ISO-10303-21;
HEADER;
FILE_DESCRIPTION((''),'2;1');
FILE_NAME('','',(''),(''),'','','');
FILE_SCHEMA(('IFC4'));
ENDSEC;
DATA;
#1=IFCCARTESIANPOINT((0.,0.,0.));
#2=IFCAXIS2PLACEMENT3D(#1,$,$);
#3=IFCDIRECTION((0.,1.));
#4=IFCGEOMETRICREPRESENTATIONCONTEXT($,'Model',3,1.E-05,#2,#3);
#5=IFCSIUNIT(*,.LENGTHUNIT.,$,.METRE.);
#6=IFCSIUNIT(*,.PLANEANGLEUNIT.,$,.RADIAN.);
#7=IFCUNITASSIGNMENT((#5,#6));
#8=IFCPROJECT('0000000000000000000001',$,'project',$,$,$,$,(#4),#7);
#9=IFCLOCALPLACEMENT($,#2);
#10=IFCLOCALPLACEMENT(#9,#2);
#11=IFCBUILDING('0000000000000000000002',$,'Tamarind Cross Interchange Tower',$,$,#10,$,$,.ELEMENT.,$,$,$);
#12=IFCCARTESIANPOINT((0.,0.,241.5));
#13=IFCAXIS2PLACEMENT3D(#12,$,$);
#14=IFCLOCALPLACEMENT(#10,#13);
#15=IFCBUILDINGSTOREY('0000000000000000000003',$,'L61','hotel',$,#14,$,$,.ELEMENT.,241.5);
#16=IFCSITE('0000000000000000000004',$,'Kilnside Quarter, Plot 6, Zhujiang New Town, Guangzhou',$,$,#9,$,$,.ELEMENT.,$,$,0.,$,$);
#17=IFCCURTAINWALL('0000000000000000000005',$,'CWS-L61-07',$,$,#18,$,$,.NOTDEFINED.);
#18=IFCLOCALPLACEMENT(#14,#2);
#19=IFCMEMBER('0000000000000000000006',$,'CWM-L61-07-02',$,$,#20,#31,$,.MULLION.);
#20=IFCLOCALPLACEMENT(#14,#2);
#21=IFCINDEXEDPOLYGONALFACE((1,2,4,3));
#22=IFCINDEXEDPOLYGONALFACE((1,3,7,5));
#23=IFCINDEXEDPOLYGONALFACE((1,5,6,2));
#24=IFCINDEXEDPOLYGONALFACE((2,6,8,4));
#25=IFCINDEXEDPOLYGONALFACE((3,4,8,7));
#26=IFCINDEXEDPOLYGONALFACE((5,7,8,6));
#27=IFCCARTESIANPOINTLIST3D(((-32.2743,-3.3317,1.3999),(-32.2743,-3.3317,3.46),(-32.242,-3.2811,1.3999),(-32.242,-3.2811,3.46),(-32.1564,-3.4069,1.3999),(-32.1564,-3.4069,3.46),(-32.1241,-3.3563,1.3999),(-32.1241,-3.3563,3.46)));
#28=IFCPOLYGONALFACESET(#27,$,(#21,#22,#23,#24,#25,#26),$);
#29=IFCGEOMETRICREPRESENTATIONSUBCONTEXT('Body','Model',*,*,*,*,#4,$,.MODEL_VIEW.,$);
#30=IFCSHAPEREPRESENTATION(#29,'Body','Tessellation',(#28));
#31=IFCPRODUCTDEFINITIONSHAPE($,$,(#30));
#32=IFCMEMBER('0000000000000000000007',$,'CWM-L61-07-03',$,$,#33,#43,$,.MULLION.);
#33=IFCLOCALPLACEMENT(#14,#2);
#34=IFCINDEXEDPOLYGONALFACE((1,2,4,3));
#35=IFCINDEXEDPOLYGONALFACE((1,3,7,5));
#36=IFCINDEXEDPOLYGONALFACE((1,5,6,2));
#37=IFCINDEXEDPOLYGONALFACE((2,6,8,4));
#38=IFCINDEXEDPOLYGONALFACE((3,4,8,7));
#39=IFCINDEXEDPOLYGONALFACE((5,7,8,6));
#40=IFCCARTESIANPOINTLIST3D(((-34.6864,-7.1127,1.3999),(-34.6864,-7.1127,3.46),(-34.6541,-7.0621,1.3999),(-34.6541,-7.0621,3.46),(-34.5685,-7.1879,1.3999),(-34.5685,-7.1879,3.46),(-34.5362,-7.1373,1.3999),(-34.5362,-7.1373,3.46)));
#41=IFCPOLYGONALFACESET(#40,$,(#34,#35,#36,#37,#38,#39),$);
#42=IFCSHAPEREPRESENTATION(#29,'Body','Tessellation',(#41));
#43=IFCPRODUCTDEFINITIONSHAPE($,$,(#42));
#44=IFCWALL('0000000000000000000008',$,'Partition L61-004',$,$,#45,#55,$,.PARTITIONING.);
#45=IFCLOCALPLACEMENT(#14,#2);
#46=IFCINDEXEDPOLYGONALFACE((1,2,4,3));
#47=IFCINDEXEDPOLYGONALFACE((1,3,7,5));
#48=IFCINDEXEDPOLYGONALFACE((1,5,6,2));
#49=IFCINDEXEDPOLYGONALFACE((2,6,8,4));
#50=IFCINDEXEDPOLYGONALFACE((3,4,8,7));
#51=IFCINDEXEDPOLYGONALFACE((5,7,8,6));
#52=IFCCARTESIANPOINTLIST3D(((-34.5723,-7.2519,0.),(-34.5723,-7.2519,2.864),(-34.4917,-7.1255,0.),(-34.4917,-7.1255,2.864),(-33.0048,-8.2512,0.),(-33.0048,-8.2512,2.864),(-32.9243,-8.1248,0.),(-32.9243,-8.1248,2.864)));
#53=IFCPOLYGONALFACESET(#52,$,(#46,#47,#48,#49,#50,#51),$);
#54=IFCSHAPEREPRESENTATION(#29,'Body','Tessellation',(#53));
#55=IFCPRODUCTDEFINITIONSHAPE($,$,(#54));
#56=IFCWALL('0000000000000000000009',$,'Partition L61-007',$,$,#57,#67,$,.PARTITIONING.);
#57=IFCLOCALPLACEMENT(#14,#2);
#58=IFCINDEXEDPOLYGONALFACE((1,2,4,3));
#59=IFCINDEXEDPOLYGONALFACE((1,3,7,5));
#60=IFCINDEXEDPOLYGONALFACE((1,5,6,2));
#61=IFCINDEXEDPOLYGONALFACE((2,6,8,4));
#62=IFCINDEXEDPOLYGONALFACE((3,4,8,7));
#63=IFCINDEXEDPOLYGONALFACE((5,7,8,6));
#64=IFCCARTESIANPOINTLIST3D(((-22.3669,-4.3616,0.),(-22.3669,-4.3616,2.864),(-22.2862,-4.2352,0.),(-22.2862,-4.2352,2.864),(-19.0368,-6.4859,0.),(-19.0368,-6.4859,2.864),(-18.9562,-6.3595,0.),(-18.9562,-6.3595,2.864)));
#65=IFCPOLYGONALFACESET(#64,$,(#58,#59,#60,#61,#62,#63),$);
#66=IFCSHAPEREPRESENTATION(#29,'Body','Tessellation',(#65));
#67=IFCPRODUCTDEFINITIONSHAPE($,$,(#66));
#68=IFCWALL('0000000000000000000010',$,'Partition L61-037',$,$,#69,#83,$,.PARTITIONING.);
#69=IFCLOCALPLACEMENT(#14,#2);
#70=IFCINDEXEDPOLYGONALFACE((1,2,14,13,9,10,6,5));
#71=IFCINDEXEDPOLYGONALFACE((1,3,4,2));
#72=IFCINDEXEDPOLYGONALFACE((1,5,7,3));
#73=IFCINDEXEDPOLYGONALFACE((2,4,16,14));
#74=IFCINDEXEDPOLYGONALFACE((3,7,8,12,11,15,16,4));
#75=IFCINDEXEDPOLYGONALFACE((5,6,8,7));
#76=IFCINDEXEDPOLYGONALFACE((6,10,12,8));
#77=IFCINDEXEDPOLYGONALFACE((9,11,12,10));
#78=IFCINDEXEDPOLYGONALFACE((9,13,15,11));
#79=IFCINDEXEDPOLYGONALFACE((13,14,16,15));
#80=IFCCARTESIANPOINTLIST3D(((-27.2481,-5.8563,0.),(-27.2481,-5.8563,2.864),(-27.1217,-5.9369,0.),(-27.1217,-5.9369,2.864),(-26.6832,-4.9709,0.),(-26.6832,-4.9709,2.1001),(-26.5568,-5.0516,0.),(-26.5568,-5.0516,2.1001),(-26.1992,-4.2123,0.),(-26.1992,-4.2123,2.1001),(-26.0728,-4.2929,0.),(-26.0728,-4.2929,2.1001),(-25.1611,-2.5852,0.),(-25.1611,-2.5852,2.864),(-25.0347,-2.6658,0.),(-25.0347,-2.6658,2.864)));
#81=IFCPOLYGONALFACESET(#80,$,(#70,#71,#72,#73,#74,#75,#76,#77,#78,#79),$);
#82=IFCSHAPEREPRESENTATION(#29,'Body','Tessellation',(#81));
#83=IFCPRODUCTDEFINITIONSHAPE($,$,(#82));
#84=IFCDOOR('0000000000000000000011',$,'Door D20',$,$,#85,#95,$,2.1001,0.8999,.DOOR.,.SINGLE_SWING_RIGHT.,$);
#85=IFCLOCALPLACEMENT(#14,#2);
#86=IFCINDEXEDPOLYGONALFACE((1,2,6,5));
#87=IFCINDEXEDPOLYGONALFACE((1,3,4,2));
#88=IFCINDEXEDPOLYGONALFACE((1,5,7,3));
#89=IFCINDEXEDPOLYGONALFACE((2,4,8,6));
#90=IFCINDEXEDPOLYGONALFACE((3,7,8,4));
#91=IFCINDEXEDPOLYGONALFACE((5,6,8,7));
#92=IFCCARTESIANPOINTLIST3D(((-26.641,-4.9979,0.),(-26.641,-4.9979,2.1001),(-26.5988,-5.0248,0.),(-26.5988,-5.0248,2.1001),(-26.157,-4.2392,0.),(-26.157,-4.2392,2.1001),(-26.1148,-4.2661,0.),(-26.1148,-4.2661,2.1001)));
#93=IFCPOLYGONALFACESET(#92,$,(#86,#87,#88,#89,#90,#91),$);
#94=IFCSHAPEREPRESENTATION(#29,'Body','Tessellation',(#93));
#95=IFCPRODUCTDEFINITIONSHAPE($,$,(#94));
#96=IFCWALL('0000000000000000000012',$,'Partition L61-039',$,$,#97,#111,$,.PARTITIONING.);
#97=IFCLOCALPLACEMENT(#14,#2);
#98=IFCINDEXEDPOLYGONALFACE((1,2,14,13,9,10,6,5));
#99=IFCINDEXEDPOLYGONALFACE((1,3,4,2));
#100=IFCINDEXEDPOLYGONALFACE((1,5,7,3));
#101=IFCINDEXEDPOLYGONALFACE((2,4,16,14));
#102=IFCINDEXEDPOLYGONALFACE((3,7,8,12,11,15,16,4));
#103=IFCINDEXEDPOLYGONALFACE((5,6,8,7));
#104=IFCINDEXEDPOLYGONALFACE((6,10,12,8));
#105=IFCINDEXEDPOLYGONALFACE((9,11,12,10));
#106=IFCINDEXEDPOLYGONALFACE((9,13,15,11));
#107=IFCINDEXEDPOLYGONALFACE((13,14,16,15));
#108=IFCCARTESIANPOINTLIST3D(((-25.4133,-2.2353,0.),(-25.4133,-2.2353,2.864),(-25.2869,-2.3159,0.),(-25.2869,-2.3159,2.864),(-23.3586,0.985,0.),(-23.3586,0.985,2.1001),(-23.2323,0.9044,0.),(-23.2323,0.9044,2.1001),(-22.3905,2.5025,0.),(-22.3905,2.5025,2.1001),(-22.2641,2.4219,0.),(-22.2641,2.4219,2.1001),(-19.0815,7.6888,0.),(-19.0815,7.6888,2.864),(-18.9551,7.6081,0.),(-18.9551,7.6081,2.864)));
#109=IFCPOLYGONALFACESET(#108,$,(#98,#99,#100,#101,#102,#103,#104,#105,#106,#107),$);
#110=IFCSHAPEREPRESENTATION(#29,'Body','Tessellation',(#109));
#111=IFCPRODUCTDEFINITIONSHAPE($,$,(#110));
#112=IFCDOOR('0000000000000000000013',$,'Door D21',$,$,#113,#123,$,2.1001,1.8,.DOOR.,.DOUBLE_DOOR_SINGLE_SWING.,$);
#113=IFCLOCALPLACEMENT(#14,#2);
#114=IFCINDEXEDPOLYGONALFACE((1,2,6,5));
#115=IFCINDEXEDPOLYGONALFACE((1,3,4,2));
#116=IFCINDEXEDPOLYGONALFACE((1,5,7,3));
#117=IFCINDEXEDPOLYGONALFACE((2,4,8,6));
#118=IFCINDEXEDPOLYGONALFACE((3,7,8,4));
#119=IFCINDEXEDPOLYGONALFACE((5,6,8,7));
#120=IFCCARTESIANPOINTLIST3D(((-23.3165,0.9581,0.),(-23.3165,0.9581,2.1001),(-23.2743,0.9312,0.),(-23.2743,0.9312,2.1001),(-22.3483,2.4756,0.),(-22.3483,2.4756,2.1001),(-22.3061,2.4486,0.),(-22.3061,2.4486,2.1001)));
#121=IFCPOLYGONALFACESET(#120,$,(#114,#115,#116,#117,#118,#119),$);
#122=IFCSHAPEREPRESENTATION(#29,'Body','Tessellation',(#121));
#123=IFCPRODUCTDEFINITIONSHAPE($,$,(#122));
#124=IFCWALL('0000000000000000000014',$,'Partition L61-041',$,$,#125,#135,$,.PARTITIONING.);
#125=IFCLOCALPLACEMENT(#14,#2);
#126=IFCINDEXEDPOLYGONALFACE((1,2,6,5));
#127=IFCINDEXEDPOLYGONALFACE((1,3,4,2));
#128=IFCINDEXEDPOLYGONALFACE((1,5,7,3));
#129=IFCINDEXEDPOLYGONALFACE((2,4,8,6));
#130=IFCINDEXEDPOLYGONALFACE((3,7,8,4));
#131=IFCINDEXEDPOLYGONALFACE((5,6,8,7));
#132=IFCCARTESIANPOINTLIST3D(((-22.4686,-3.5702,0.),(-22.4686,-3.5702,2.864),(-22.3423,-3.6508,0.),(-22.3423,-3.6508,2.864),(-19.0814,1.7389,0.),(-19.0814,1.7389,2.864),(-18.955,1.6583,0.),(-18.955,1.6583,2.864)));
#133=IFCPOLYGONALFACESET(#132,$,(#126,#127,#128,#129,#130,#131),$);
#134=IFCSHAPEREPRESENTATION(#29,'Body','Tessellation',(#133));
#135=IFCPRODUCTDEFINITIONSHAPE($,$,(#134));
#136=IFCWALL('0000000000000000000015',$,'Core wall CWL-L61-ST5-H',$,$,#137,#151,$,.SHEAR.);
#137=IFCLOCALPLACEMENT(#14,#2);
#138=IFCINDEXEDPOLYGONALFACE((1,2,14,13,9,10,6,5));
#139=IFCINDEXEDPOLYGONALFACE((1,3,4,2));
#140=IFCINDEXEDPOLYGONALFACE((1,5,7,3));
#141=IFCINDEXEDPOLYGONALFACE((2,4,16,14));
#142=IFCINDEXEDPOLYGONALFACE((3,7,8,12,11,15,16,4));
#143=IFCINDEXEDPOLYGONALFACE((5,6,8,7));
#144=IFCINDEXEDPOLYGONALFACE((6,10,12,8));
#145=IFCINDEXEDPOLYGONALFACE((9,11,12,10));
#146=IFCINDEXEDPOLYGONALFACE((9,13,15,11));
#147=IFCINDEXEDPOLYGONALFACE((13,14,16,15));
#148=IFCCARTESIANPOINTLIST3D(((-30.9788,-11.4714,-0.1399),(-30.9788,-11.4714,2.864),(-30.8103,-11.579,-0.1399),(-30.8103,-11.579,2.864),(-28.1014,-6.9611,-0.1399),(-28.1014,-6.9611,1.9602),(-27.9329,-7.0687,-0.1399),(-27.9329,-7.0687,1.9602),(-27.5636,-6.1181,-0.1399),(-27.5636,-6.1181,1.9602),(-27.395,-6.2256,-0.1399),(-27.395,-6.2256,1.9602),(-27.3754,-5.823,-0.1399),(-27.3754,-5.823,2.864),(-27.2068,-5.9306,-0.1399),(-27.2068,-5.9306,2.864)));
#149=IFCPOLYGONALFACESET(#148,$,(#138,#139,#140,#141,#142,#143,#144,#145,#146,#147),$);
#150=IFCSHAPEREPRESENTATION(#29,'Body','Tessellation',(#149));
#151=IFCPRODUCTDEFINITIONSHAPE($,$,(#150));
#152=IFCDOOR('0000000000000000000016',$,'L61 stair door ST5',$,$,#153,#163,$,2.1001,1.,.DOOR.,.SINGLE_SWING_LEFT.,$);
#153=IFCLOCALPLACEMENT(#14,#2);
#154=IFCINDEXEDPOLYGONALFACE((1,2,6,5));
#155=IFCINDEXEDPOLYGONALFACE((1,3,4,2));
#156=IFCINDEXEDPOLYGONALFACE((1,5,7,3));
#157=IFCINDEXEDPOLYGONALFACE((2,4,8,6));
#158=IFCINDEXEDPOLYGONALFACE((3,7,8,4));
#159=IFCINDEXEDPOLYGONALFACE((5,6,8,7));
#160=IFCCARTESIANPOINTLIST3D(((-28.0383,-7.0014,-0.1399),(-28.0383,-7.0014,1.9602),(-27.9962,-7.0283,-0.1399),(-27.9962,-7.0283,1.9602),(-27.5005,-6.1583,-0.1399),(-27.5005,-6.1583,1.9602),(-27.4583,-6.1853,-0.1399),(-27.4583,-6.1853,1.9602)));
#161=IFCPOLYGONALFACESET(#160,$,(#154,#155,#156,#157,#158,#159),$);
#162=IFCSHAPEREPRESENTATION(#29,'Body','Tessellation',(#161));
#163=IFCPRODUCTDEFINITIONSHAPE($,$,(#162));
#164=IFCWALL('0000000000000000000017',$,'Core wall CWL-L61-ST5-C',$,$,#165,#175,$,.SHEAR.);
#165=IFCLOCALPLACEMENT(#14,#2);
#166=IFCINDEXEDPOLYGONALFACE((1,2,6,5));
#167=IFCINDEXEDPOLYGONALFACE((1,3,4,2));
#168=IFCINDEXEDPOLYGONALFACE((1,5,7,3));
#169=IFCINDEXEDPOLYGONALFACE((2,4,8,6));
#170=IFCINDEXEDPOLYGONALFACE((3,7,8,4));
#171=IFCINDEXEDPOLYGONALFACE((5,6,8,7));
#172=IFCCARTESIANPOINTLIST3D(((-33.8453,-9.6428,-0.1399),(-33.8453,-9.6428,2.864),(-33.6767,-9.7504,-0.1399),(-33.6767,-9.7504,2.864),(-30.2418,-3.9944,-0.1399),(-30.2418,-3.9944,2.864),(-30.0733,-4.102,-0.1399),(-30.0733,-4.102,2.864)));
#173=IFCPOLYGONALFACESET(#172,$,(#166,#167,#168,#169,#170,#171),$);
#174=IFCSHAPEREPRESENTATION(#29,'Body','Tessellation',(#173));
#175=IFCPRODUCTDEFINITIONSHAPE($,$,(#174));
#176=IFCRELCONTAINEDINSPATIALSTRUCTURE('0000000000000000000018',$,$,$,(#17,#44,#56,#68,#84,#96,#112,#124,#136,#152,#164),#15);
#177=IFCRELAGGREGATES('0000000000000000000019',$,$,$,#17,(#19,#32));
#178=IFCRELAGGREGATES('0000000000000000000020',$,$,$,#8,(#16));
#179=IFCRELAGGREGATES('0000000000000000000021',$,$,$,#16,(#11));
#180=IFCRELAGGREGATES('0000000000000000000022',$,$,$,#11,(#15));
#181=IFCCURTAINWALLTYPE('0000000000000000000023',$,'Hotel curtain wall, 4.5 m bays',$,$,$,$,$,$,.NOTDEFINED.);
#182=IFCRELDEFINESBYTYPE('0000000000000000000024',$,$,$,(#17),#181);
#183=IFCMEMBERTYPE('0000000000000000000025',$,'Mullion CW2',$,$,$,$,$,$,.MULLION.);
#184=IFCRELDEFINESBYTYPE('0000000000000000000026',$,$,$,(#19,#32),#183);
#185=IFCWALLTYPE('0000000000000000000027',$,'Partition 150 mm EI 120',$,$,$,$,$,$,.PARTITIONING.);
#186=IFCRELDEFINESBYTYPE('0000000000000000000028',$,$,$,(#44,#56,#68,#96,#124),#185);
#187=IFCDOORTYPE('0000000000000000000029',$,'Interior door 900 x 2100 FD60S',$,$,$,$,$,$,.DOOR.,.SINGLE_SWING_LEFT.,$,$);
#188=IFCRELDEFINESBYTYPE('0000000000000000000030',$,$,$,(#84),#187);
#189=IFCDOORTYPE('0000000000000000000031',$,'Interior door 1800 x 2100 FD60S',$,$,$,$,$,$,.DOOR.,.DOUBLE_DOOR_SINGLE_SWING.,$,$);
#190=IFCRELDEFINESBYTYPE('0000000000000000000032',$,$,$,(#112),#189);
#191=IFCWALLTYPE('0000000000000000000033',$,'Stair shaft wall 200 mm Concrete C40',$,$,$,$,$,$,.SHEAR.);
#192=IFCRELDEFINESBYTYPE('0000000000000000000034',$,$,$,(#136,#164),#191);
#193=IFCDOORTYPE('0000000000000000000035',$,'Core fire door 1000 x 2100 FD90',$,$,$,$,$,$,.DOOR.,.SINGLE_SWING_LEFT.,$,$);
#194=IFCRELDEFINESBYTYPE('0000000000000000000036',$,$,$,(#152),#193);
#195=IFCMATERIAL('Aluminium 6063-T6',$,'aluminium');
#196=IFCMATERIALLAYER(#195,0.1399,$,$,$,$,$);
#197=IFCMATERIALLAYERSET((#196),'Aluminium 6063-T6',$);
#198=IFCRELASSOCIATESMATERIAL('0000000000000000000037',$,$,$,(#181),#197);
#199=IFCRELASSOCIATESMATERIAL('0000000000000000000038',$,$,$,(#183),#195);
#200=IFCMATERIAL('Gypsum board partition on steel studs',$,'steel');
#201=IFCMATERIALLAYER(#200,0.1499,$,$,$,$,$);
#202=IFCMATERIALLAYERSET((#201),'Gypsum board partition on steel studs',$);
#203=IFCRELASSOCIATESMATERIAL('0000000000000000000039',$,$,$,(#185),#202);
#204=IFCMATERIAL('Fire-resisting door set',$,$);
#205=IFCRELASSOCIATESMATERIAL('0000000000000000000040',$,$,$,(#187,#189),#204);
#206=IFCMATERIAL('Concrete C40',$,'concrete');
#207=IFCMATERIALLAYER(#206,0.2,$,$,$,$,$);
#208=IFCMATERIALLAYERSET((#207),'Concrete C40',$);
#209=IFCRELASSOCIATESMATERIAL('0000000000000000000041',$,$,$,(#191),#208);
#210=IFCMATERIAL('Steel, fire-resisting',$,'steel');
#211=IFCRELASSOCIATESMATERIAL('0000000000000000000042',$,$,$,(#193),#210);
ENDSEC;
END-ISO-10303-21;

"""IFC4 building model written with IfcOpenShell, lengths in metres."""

from ifc_helpers import new_model, si_unit, direction, frame, frame_2d, origin, origin_2d, place, context, subcontext, project, spatial, rectangle, extrude, material, layer, layer_set, material_profile, profile_set, type_object, element, fill, aggregate, save


model = new_model("IFC4")

# Units and contexts
model_context = context("Model", 3, precision=1e-05, world=origin(), true_north=direction((0.0, 1.0)))
body_context = subcontext(model_context, "Body", "Model", "MODEL_VIEW")
ifc_project = project(units=[si_unit("LENGTHUNIT", "METRE"), si_unit("PLANEANGLEUNIT", "RADIAN")], contexts=[model_context])

# Site, building, storey
site_placement = place(None, origin())
site = spatial("IfcSite", under=ifc_project, at=site_placement, Name="Kilnside Quarter, Plot 6, Zhujiang New Town, Guangzhou", CompositionType="ELEMENT", RefElevation=0.0)
building_placement = place(site_placement, origin())
building = spatial("IfcBuilding", under=site, at=building_placement, Name="Tamarind Cross Interchange Tower", CompositionType="ELEMENT")
storey_placement = place(building_placement, frame((0.0, 0.0, 241.5)))
storey = spatial("IfcBuildingStorey", under=building, at=storey_placement, Name="L61", Description="hotel", CompositionType="ELEMENT", Elevation=241.5)

# Curtain wall, members
ifc_material_1 = material(Name="Aluminium 6063-T6", Category="aluminium")
ifc_layer_1 = layer(ifc_material_1, 0.1399)
ifc_layer_set_1 = layer_set([ifc_layer_1], Name="Aluminium 6063-T6")
curtain_wall_type = type_object("IfcCurtainWallType", Name="Hotel curtain wall, 4.5 m bays", PredefinedType="NOTDEFINED", material=ifc_layer_set_1)
curtain_wall_placement = place(storey_placement, origin())
curtain_wall = element("IfcCurtainWall", 1, at=curtain_wall_placement, inside=storey, type_object=curtain_wall_type, Name="CWS-L61-07", PredefinedType="NOTDEFINED")
ifc_material_profile_1 = material_profile(ifc_material_1, rectangle(XDim=0.0601, YDim=0.1399, at=origin_2d()), Name="Mullion CW2")
ifc_profile_set_1 = profile_set([ifc_material_profile_1], Name="Aluminium 6063-T6")
member_type = type_object("IfcMemberType", Name="Mullion CW2", PredefinedType="MULLION", material=ifc_profile_set_1)
member_1_placement = place(storey_placement, frame((-32.1992, -3.344, 1.3999), z_axis=(0.0, 0.0, 1.0), x_axis=(-0.537829, -0.843054, 0.0)))
member_1 = element("IfcMember", 2, at=member_1_placement, type_object=member_type, Name="CWM-L61-07-02", PredefinedType="MULLION", context=body_context, shape_type="SweptSolid", body=[
    extrude(rectangle(XDim=0.0601, YDim=0.1399, at=origin_2d()), origin(), (0.0, 0.0, 1.0), 2.0601),
])
member_2_placement = place(storey_placement, frame((-34.6113, -7.125, 1.3999), z_axis=(0.0, 0.0, 1.0), x_axis=(-0.537829, -0.843054, 0.0)))
member_2 = element("IfcMember", 3, at=member_2_placement, type_object=member_type, Name="CWM-L61-07-03", PredefinedType="MULLION", context=body_context, shape_type="SweptSolid", body=[
    extrude(rectangle(XDim=0.0601, YDim=0.1399, at=origin_2d()), origin(), (0.0, 0.0, 1.0), 2.0601),
])
aggregate(curtain_wall, [member_1, member_2])

# Walls
ifc_material_2 = material(Name="Gypsum board partition on steel studs", Category="steel")
ifc_layer_2 = layer(ifc_material_2, 0.1499)
ifc_layer_set_2 = layer_set([ifc_layer_2], Name="Gypsum board partition on steel studs")
wall_type_1 = type_object("IfcWallType", Name="Partition 150 mm EI 120", PredefinedType="PARTITIONING", material=ifc_layer_set_2)
wall_1_placement = place(storey_placement, frame((-34.532, -7.1887, 0.0), z_axis=(0.0, 0.0, 1.0), x_axis=(0.843212, -0.537581, 0.0)))
element("IfcWall", 4, at=wall_1_placement, inside=storey, type_object=wall_type_1, Name="Partition L61-004", PredefinedType="PARTITIONING", context=body_context, shape_type="SweptSolid", body=[
    extrude(rectangle(XDim=1.8589, YDim=0.1499, at=frame_2d((0.9294, 0.0))), origin(), (0.0, 0.0, 1.0), 2.864),
])
wall_2_placement = place(storey_placement, frame((-22.3267, -4.2983, 0.0), z_axis=(0.0, 0.0, 1.0), x_axis=(0.843073, -0.537799, 0.0)))
element("IfcWall", 5, at=wall_2_placement, inside=storey, type_object=wall_type_1, Name="Partition L61-007", PredefinedType="PARTITIONING", context=body_context, shape_type="SweptSolid", body=[
    extrude(rectangle(XDim=3.95, YDim=0.1499, at=frame_2d((1.9751, 0.0))), origin(), (0.0, 0.0, 1.0), 2.864),
])

# Walls, openings, doors
wall_3_placement = place(storey_placement, frame((-27.1848, -5.8965, 0.0), z_axis=(0.0, 0.0, 1.0), x_axis=(0.53786, 0.843034, 0.0)))
wall_3 = element("IfcWall", 6, at=wall_3_placement, inside=storey, type_object=wall_type_1, Name="Partition L61-037", PredefinedType="PARTITIONING", context=body_context, shape_type="SweptSolid", body=[
    extrude(rectangle(XDim=3.8801, YDim=0.1499, at=frame_2d((1.9399, 0.0))), origin(), (0.0, 0.0, 1.0), 2.864),
])
opening_1_placement = place(wall_3_placement, frame((1.05, 0.0, 0.0)))
opening_1 = element("IfcOpeningElement", 7, at=opening_1_placement, cuts=wall_3, PredefinedType="OPENING", context=body_context, shape_type="SweptSolid", body=[
    extrude(rectangle(XDim=0.8999, YDim=2.1001, at=frame_2d((0.45, 1.05))), frame((0.0, 0.085, 0.0), z_axis=(0.0, -1.0, 0.0), x_axis=(1.0, 0.0, 0.0)), (0.0, 0.0, 1.0), 0.1699),
])
ifc_material_3 = material(Name="Fire-resisting door set")
door_type_1 = type_object("IfcDoorType", Name="Interior door 900 x 2100 FD60S", OperationType="SINGLE_SWING_LEFT", PredefinedType="DOOR", material=ifc_material_3)
door_1_placement = place(opening_1_placement, origin())
door_1 = element("IfcDoor", 8, at=door_1_placement, inside=storey, type_object=door_type_1, Name="Door D20", OperationType="SINGLE_SWING_RIGHT", OverallHeight=2.1001, OverallWidth=0.8999, PredefinedType="DOOR", context=body_context, shape_type="SweptSolid", body=[
    extrude(rectangle(XDim=0.8999, YDim=2.1001, at=frame_2d((0.45, 1.05))), frame((0.0, 0.0249, 0.0), z_axis=(0.0, -1.0, 0.0), x_axis=(1.0, 0.0, 0.0)), (0.0, 0.0, 1.0), 0.05),
])
fill(opening_1, door_1)
wall_4_placement = place(storey_placement, frame((-25.3501, -2.2756, 0.0), z_axis=(0.0, 0.0, 1.0), x_axis=(0.537871, 0.843027, 0.0)))
wall_4 = element("IfcWall", 9, at=wall_4_placement, inside=storey, type_object=wall_type_1, Name="Partition L61-039", PredefinedType="PARTITIONING", context=body_context, shape_type="SweptSolid", body=[
    extrude(rectangle(XDim=11.772, YDim=0.1499, at=frame_2d((5.886, 0.0))), origin(), (0.0, 0.0, 1.0), 2.864),
])
opening_2_placement = place(wall_4_placement, frame((3.8201, 0.0, 0.0)))
opening_2 = element("IfcOpeningElement", 10, at=opening_2_placement, cuts=wall_4, PredefinedType="OPENING", context=body_context, shape_type="SweptSolid", body=[
    extrude(rectangle(XDim=1.8, YDim=2.1001, at=frame_2d((0.8999, 1.05))), frame((0.0, 0.085, 0.0), z_axis=(0.0, -1.0, 0.0), x_axis=(1.0, 0.0, 0.0)), (0.0, 0.0, 1.0), 0.1699),
])
door_type_2 = type_object("IfcDoorType", Name="Interior door 1800 x 2100 FD60S", OperationType="DOUBLE_DOOR_SINGLE_SWING", PredefinedType="DOOR", material=ifc_material_3)
door_2_placement = place(opening_2_placement, origin())
door_2 = element("IfcDoor", 11, at=door_2_placement, inside=storey, type_object=door_type_2, Name="Door D21", OperationType="DOUBLE_DOOR_SINGLE_SWING", OverallHeight=2.1001, OverallWidth=1.8, PredefinedType="DOOR", context=body_context, shape_type="SweptSolid", body=[
    extrude(rectangle(XDim=1.8, YDim=2.1001, at=frame_2d((0.8999, 1.05))), frame((0.0, 0.0249, 0.0), z_axis=(0.0, -1.0, 0.0), x_axis=(1.0, 0.0, 0.0)), (0.0, 0.0, 1.0), 0.05),
])
fill(opening_2, door_2)

# Wall
wall_5_placement = place(storey_placement, frame((-22.4055, -3.6106, 0.0), z_axis=(0.0, 0.0, 1.0), x_axis=(0.537858, 0.843035, 0.0)))
element("IfcWall", 12, at=wall_5_placement, inside=storey, type_object=wall_type_1, Name="Partition L61-041", PredefinedType="PARTITIONING", context=body_context, shape_type="SweptSolid", body=[
    extrude(rectangle(XDim=6.2976, YDim=0.1499, at=frame_2d((3.1489, 0.0))), origin(), (0.0, 0.0, 1.0), 2.864),
])

# Wall, opening, door
ifc_material_4 = material(Name="Concrete C40", Category="concrete")
ifc_layer_3 = layer(ifc_material_4, 0.2)
ifc_layer_set_3 = layer_set([ifc_layer_3], Name="Concrete C40")
wall_type_2 = type_object("IfcWallType", Name="Stair shaft wall 200 mm Concrete C40", PredefinedType="SHEAR", material=ifc_layer_set_3)
wall_6_placement = place(storey_placement, frame((-27.291, -5.8767, -0.1399), z_axis=(0.0, 0.0, 1.0), x_axis=(-0.537837, -0.843049, 0.0)))
wall_6 = element("IfcWall", 13, at=wall_6_placement, inside=storey, type_object=wall_type_2, Name="Core wall CWL-L61-ST5-H", PredefinedType="SHEAR", context=body_context, shape_type="SweptSolid", body=[
    extrude(rectangle(XDim=6.7, YDim=0.2, at=frame_2d((3.3501, 0.0))), origin(), (0.0, 0.0, 1.0), 3.0039),
])
opening_3_placement = place(wall_6_placement, frame((0.3501, 0.0, 0.0)))
opening_3 = element("IfcOpeningElement", 14, at=opening_3_placement, cuts=wall_6, PredefinedType="OPENING", context=body_context, shape_type="SweptSolid", body=[
    extrude(rectangle(XDim=1.0, YDim=2.1001, at=frame_2d((0.5, 1.05))), frame((0.0, 0.1099, 0.0), z_axis=(0.0, -1.0, 0.0), x_axis=(1.0, 0.0, 0.0)), (0.0, 0.0, 1.0), 0.22),
])
ifc_material_5 = material(Name="Steel, fire-resisting", Category="steel")
door_type_3 = type_object("IfcDoorType", Name="Core fire door 1000 x 2100 FD90", OperationType="SINGLE_SWING_LEFT", PredefinedType="DOOR", material=ifc_material_5)
door_3_placement = place(opening_3_placement, origin())
door_3 = element("IfcDoor", 15, at=door_3_placement, inside=storey, type_object=door_type_3, Name="L61 stair door ST5", OperationType="SINGLE_SWING_LEFT", OverallHeight=2.1001, OverallWidth=1.0, PredefinedType="DOOR", context=body_context, shape_type="SweptSolid", body=[
    extrude(rectangle(XDim=1.0, YDim=2.1001, at=frame_2d((0.5, 1.05))), frame((0.0, 0.0249, 0.0), z_axis=(0.0, -1.0, 0.0), x_axis=(1.0, 0.0, 0.0)), (0.0, 0.0, 1.0), 0.05),
])
fill(opening_3, door_3)

# Wall
wall_7_placement = place(storey_placement, frame((-30.1575, -4.0481, -0.1399), z_axis=(0.0, 0.0, 1.0), x_axis=(-0.537837, -0.843049, 0.0)))
element("IfcWall", 16, at=wall_7_placement, inside=storey, type_object=wall_type_2, Name="Core wall CWL-L61-ST5-C", PredefinedType="SHEAR", context=body_context, shape_type="SweptSolid", body=[
    extrude(rectangle(XDim=6.7, YDim=0.2, at=frame_2d((3.3501, 0.0))), origin(), (0.0, 0.0, 1.0), 3.0039),
])

save(model, "model.ifc")
